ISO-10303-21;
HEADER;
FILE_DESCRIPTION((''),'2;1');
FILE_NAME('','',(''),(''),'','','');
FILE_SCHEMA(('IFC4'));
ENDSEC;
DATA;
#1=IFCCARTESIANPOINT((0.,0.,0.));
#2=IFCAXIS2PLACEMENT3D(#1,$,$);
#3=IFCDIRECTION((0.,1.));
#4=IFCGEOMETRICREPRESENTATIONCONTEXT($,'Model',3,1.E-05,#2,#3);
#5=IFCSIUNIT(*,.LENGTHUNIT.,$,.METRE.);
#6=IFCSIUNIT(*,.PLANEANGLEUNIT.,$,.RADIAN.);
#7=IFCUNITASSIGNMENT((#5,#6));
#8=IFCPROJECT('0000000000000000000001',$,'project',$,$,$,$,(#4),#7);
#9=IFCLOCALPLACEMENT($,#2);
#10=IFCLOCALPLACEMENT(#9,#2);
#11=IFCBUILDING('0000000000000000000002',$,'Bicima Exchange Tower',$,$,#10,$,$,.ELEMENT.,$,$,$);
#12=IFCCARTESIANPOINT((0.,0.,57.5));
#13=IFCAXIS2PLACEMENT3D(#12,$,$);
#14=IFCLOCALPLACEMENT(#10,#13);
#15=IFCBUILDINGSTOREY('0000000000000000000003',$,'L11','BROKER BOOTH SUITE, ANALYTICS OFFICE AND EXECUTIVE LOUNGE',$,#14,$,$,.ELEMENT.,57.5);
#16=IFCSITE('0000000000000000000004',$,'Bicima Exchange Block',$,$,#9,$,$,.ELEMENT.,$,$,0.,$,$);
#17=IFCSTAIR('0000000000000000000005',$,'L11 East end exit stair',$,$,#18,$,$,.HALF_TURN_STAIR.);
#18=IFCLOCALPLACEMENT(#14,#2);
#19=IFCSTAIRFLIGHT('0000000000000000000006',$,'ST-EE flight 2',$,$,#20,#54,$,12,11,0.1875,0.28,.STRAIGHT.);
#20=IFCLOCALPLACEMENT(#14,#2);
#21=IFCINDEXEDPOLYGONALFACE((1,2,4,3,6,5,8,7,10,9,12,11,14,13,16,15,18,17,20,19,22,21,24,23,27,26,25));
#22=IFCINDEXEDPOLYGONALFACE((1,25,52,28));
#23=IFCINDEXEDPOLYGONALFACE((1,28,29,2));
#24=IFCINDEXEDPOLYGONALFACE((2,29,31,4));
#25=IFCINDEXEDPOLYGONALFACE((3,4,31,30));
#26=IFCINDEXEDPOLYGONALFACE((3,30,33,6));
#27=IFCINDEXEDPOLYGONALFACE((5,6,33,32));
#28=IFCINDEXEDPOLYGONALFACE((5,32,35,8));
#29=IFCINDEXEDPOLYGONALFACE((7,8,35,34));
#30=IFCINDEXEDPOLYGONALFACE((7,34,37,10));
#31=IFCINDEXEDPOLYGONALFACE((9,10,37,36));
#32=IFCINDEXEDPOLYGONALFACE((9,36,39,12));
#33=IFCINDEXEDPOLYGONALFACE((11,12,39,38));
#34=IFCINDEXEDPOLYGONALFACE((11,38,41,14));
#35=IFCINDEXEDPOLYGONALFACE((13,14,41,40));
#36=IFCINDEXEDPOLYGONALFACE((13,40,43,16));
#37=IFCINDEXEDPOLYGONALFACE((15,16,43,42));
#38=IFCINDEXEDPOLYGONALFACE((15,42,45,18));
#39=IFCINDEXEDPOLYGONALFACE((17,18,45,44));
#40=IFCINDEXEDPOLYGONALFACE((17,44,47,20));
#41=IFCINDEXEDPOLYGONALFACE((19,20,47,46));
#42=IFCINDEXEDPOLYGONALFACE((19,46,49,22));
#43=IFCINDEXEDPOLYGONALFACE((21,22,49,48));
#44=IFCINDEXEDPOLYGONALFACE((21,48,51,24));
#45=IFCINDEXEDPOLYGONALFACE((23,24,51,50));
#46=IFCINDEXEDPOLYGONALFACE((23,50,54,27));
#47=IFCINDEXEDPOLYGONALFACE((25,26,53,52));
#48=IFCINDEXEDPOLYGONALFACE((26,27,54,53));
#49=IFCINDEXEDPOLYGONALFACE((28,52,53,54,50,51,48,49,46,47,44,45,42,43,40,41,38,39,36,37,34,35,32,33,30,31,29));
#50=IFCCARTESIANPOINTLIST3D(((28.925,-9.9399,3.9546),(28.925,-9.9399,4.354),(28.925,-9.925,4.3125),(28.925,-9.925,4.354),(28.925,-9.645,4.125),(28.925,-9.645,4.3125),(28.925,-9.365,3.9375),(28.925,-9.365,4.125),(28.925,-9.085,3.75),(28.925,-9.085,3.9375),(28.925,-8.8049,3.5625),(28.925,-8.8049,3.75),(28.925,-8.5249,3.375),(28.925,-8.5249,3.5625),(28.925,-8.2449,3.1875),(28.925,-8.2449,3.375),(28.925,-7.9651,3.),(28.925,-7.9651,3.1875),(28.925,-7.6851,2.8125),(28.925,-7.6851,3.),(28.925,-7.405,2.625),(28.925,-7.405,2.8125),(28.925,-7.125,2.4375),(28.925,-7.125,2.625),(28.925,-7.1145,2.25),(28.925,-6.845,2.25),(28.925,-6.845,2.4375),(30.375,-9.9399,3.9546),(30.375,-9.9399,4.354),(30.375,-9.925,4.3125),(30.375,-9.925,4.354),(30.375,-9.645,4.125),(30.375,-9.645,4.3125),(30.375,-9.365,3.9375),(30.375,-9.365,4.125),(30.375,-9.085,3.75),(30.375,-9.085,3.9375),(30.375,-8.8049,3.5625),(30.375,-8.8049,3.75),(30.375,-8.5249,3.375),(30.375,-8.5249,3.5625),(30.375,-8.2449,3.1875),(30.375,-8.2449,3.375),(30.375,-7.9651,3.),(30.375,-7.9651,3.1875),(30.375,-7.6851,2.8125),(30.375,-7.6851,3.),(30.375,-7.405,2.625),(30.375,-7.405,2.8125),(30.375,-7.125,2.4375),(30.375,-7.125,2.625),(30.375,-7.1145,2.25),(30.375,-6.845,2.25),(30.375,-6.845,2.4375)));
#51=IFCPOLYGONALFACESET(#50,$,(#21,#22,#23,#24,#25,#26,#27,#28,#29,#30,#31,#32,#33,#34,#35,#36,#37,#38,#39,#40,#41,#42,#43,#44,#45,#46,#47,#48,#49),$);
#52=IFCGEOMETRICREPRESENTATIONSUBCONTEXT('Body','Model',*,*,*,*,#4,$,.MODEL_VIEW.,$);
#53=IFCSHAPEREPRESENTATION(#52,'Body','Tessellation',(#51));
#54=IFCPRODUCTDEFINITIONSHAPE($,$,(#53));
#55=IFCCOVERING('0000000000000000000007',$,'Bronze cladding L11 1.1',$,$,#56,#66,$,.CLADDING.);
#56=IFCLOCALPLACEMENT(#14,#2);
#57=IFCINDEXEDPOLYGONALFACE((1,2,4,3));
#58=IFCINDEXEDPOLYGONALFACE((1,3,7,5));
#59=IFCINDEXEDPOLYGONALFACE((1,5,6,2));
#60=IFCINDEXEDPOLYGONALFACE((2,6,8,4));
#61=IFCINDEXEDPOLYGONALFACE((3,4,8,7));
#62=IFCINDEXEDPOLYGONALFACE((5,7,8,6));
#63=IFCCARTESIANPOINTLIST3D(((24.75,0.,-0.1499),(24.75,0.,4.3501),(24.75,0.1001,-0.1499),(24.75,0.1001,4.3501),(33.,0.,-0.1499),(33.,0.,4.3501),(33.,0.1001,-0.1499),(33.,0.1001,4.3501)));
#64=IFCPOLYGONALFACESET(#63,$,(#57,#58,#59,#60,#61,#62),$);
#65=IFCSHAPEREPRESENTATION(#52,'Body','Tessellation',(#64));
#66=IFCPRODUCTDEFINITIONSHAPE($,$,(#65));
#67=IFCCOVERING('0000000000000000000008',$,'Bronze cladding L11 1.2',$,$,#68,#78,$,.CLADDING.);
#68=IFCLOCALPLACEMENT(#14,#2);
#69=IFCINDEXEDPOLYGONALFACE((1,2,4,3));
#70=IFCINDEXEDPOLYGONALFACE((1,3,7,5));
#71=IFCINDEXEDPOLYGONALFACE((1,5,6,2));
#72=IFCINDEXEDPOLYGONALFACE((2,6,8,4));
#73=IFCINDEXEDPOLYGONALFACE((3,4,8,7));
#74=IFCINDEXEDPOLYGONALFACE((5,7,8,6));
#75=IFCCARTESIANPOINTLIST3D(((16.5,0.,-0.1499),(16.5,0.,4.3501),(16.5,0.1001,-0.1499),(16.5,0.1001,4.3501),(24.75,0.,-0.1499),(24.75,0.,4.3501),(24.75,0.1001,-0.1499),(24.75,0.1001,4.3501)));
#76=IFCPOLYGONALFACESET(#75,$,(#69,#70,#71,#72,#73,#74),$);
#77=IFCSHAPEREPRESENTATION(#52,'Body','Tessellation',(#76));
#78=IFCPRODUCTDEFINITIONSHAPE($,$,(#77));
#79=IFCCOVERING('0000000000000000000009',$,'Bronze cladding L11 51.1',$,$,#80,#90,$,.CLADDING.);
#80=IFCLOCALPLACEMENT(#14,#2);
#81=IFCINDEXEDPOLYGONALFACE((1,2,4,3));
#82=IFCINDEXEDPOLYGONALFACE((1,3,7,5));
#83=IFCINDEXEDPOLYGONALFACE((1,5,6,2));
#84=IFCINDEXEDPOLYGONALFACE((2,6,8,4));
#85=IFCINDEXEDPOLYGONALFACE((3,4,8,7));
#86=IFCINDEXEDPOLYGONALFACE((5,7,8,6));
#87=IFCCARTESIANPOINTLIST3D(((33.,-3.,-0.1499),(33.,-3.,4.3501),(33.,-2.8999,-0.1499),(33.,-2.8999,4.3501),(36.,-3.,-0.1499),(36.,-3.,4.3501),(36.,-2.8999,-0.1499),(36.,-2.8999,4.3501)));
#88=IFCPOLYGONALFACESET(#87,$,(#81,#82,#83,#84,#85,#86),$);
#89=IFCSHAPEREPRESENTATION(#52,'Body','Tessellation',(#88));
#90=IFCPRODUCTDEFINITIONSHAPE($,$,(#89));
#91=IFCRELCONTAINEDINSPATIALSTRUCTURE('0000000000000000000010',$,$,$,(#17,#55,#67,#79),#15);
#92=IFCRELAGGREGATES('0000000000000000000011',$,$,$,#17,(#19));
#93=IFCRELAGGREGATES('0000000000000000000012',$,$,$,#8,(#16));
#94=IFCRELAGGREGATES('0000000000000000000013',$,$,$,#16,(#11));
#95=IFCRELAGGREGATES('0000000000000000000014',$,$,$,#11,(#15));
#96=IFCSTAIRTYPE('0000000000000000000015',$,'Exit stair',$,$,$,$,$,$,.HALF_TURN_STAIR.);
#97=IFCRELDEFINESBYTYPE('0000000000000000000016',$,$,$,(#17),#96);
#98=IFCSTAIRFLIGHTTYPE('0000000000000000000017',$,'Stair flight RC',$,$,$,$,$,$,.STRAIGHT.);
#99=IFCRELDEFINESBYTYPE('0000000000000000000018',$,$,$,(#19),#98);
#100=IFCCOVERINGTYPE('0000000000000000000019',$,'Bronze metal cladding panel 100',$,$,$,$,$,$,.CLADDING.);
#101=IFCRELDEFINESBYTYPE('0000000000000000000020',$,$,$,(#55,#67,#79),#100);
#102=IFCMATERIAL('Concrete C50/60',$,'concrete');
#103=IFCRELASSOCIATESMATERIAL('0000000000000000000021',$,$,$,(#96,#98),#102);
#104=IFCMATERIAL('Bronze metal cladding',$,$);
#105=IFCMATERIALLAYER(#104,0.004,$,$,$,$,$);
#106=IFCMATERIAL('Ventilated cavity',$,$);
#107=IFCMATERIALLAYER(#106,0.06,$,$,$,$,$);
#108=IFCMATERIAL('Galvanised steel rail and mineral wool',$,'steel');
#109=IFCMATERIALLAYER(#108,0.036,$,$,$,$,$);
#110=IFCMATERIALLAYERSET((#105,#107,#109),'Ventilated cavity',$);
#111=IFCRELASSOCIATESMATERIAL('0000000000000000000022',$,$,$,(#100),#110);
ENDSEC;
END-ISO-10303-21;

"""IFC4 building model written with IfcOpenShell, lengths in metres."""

from ifc_helpers import new_model, si_unit, direction, frame, origin, origin_2d, place, context, subcontext, project, spatial, polyline, rectangle, outline, extrude, material, layer, layer_set, type_object, element, aggregate, save


model = new_model("IFC4")

# Units and contexts
model_context = context("Model", 3, precision=1e-05, world=origin(), true_north=direction((0.0, 1.0)))
body_context = subcontext(model_context, "Body", "Model", "MODEL_VIEW")
ifc_project = project(units=[si_unit("LENGTHUNIT", "METRE"), si_unit("PLANEANGLEUNIT", "RADIAN")], contexts=[model_context])

# Site, building, storey
site_placement = place(None, origin())
site = spatial("IfcSite", under=ifc_project, at=site_placement, Name="Bicima Exchange Block", CompositionType="ELEMENT", RefElevation=0.0)
building_placement = place(site_placement, origin())
building = spatial("IfcBuilding", under=site, at=building_placement, Name="Bicima Exchange Tower", CompositionType="ELEMENT")
storey_placement = place(building_placement, frame((0.0, 0.0, 57.5)))
storey = spatial("IfcBuildingStorey", under=building, at=storey_placement, Name="L11", Description="BROKER BOOTH SUITE, ANALYTICS OFFICE AND EXECUTIVE LOUNGE", CompositionType="ELEMENT", Elevation=57.5)

# Shared definitions
ifc_material_1 = material(Name="Concrete C50/60", Category="concrete")

# Stair, stair flight
stair_type = type_object("IfcStairType", Name="Exit stair", PredefinedType="HALF_TURN_STAIR", material=ifc_material_1)
stair_flight_type = type_object("IfcStairFlightType", Name="Stair flight RC", PredefinedType="STRAIGHT", material=ifc_material_1)
stair_1_placement = place(storey_placement, origin())
stair_1 = element("IfcStair", 1, at=stair_1_placement, inside=storey, type_object=stair_type, Name="L11 East end exit stair", PredefinedType="HALF_TURN_STAIR")
stair_flight_1_placement = place(storey_placement, frame((29.6499, -6.845, 2.25), z_axis=(0.0, 0.0, 1.0), x_axis=(0.0, -1.0, 0.0)))
stair_flight_1 = element("IfcStairFlight", 2, at=stair_flight_1_placement, type_object=stair_flight_type, Name="ST-EE flight 2", NumberOfRisers=12, NumberOfTreads=11, PredefinedType="STRAIGHT", RiserHeight=0.1875, TreadLength=0.28, context=body_context, shape_type="SweptSolid", body=[
    extrude(outline(polyline([(0.0, 0.0), (0.0, 0.1875), (0.28, 0.1875), (0.28, 0.375), (0.5601, 0.375), (0.5601, 0.5625), (0.8401, 0.5625), (0.8401, 0.75), (1.1201, 0.75), (1.1201, 0.9375), (1.3999, 0.9375), (1.3999, 1.125), (1.6799, 1.125), (1.6799, 1.3125), (1.96, 1.3125), (1.96, 1.5), (2.24, 1.5), (2.24, 1.6875), (2.52, 1.6875), (2.52, 1.875), (2.8, 1.875), (2.8, 2.0625), (3.0801, 2.0625), (3.0801, 2.104), (3.095, 2.104), (3.095, 1.7046), (0.2695, 0.0), (0.0, 0.0)])), frame((0.0, 0.7251, 0.0), z_axis=(0.0, -1.0, 0.0), x_axis=(1.0, 0.0, 0.0)), (0.0, 0.0, 1.0), 1.45),
])
aggregate(stair_1, [stair_flight_1])

# Coverings
ifc_material_2 = material(Name="Bronze metal cladding")
ifc_layer_1 = layer(ifc_material_2, 0.004)
ifc_material_3 = material(Name="Ventilated cavity")
ifc_layer_2 = layer(ifc_material_3, 0.06)
ifc_material_4 = material(Name="Galvanised steel rail and mineral wool", Category="steel")
ifc_layer_3 = layer(ifc_material_4, 0.036)
ifc_layer_set_1 = layer_set([ifc_layer_1, ifc_layer_2, ifc_layer_3], Name="Ventilated cavity")
covering_type = type_object("IfcCoveringType", Name="Bronze metal cladding panel 100", PredefinedType="CLADDING", material=ifc_layer_set_1)
for number, where, z_axis, x_axis, name in (
    (3, (28.875, 0.05, -0.1499), (0.0, 0.0, 1.0), (-1.0, 0.0, 0.0), "Bronze cladding L11 1.1"),
    (4, (20.625, 0.05, -0.1499), (0.0, 0.0, 1.0), (-1.0, 0.0, 0.0), "Bronze cladding L11 1.2"),
):
    element("IfcCovering", number, at=place(storey_placement, frame(where, z_axis=z_axis, x_axis=x_axis)), inside=storey, type_object=covering_type, Name=name, PredefinedType="CLADDING", context=body_context, shape_type="SweptSolid", body=[
        extrude(rectangle(XDim=8.25, YDim=0.1001, at=origin_2d()), origin(), (0.0, 0.0, 1.0), 4.5),
    ])
covering_placement = place(storey_placement, frame((34.5, -2.95, -0.1499), z_axis=(0.0, 0.0, 1.0), x_axis=(-1.0, 0.0, 0.0)))
element("IfcCovering", 5, at=covering_placement, inside=storey, type_object=covering_type, Name="Bronze cladding L11 51.1", PredefinedType="CLADDING", context=body_context, shape_type="SweptSolid", body=[
    extrude(rectangle(XDim=3.0, YDim=0.1001, at=origin_2d()), origin(), (0.0, 0.0, 1.0), 4.5),
])

save(model, "model.ifc")
